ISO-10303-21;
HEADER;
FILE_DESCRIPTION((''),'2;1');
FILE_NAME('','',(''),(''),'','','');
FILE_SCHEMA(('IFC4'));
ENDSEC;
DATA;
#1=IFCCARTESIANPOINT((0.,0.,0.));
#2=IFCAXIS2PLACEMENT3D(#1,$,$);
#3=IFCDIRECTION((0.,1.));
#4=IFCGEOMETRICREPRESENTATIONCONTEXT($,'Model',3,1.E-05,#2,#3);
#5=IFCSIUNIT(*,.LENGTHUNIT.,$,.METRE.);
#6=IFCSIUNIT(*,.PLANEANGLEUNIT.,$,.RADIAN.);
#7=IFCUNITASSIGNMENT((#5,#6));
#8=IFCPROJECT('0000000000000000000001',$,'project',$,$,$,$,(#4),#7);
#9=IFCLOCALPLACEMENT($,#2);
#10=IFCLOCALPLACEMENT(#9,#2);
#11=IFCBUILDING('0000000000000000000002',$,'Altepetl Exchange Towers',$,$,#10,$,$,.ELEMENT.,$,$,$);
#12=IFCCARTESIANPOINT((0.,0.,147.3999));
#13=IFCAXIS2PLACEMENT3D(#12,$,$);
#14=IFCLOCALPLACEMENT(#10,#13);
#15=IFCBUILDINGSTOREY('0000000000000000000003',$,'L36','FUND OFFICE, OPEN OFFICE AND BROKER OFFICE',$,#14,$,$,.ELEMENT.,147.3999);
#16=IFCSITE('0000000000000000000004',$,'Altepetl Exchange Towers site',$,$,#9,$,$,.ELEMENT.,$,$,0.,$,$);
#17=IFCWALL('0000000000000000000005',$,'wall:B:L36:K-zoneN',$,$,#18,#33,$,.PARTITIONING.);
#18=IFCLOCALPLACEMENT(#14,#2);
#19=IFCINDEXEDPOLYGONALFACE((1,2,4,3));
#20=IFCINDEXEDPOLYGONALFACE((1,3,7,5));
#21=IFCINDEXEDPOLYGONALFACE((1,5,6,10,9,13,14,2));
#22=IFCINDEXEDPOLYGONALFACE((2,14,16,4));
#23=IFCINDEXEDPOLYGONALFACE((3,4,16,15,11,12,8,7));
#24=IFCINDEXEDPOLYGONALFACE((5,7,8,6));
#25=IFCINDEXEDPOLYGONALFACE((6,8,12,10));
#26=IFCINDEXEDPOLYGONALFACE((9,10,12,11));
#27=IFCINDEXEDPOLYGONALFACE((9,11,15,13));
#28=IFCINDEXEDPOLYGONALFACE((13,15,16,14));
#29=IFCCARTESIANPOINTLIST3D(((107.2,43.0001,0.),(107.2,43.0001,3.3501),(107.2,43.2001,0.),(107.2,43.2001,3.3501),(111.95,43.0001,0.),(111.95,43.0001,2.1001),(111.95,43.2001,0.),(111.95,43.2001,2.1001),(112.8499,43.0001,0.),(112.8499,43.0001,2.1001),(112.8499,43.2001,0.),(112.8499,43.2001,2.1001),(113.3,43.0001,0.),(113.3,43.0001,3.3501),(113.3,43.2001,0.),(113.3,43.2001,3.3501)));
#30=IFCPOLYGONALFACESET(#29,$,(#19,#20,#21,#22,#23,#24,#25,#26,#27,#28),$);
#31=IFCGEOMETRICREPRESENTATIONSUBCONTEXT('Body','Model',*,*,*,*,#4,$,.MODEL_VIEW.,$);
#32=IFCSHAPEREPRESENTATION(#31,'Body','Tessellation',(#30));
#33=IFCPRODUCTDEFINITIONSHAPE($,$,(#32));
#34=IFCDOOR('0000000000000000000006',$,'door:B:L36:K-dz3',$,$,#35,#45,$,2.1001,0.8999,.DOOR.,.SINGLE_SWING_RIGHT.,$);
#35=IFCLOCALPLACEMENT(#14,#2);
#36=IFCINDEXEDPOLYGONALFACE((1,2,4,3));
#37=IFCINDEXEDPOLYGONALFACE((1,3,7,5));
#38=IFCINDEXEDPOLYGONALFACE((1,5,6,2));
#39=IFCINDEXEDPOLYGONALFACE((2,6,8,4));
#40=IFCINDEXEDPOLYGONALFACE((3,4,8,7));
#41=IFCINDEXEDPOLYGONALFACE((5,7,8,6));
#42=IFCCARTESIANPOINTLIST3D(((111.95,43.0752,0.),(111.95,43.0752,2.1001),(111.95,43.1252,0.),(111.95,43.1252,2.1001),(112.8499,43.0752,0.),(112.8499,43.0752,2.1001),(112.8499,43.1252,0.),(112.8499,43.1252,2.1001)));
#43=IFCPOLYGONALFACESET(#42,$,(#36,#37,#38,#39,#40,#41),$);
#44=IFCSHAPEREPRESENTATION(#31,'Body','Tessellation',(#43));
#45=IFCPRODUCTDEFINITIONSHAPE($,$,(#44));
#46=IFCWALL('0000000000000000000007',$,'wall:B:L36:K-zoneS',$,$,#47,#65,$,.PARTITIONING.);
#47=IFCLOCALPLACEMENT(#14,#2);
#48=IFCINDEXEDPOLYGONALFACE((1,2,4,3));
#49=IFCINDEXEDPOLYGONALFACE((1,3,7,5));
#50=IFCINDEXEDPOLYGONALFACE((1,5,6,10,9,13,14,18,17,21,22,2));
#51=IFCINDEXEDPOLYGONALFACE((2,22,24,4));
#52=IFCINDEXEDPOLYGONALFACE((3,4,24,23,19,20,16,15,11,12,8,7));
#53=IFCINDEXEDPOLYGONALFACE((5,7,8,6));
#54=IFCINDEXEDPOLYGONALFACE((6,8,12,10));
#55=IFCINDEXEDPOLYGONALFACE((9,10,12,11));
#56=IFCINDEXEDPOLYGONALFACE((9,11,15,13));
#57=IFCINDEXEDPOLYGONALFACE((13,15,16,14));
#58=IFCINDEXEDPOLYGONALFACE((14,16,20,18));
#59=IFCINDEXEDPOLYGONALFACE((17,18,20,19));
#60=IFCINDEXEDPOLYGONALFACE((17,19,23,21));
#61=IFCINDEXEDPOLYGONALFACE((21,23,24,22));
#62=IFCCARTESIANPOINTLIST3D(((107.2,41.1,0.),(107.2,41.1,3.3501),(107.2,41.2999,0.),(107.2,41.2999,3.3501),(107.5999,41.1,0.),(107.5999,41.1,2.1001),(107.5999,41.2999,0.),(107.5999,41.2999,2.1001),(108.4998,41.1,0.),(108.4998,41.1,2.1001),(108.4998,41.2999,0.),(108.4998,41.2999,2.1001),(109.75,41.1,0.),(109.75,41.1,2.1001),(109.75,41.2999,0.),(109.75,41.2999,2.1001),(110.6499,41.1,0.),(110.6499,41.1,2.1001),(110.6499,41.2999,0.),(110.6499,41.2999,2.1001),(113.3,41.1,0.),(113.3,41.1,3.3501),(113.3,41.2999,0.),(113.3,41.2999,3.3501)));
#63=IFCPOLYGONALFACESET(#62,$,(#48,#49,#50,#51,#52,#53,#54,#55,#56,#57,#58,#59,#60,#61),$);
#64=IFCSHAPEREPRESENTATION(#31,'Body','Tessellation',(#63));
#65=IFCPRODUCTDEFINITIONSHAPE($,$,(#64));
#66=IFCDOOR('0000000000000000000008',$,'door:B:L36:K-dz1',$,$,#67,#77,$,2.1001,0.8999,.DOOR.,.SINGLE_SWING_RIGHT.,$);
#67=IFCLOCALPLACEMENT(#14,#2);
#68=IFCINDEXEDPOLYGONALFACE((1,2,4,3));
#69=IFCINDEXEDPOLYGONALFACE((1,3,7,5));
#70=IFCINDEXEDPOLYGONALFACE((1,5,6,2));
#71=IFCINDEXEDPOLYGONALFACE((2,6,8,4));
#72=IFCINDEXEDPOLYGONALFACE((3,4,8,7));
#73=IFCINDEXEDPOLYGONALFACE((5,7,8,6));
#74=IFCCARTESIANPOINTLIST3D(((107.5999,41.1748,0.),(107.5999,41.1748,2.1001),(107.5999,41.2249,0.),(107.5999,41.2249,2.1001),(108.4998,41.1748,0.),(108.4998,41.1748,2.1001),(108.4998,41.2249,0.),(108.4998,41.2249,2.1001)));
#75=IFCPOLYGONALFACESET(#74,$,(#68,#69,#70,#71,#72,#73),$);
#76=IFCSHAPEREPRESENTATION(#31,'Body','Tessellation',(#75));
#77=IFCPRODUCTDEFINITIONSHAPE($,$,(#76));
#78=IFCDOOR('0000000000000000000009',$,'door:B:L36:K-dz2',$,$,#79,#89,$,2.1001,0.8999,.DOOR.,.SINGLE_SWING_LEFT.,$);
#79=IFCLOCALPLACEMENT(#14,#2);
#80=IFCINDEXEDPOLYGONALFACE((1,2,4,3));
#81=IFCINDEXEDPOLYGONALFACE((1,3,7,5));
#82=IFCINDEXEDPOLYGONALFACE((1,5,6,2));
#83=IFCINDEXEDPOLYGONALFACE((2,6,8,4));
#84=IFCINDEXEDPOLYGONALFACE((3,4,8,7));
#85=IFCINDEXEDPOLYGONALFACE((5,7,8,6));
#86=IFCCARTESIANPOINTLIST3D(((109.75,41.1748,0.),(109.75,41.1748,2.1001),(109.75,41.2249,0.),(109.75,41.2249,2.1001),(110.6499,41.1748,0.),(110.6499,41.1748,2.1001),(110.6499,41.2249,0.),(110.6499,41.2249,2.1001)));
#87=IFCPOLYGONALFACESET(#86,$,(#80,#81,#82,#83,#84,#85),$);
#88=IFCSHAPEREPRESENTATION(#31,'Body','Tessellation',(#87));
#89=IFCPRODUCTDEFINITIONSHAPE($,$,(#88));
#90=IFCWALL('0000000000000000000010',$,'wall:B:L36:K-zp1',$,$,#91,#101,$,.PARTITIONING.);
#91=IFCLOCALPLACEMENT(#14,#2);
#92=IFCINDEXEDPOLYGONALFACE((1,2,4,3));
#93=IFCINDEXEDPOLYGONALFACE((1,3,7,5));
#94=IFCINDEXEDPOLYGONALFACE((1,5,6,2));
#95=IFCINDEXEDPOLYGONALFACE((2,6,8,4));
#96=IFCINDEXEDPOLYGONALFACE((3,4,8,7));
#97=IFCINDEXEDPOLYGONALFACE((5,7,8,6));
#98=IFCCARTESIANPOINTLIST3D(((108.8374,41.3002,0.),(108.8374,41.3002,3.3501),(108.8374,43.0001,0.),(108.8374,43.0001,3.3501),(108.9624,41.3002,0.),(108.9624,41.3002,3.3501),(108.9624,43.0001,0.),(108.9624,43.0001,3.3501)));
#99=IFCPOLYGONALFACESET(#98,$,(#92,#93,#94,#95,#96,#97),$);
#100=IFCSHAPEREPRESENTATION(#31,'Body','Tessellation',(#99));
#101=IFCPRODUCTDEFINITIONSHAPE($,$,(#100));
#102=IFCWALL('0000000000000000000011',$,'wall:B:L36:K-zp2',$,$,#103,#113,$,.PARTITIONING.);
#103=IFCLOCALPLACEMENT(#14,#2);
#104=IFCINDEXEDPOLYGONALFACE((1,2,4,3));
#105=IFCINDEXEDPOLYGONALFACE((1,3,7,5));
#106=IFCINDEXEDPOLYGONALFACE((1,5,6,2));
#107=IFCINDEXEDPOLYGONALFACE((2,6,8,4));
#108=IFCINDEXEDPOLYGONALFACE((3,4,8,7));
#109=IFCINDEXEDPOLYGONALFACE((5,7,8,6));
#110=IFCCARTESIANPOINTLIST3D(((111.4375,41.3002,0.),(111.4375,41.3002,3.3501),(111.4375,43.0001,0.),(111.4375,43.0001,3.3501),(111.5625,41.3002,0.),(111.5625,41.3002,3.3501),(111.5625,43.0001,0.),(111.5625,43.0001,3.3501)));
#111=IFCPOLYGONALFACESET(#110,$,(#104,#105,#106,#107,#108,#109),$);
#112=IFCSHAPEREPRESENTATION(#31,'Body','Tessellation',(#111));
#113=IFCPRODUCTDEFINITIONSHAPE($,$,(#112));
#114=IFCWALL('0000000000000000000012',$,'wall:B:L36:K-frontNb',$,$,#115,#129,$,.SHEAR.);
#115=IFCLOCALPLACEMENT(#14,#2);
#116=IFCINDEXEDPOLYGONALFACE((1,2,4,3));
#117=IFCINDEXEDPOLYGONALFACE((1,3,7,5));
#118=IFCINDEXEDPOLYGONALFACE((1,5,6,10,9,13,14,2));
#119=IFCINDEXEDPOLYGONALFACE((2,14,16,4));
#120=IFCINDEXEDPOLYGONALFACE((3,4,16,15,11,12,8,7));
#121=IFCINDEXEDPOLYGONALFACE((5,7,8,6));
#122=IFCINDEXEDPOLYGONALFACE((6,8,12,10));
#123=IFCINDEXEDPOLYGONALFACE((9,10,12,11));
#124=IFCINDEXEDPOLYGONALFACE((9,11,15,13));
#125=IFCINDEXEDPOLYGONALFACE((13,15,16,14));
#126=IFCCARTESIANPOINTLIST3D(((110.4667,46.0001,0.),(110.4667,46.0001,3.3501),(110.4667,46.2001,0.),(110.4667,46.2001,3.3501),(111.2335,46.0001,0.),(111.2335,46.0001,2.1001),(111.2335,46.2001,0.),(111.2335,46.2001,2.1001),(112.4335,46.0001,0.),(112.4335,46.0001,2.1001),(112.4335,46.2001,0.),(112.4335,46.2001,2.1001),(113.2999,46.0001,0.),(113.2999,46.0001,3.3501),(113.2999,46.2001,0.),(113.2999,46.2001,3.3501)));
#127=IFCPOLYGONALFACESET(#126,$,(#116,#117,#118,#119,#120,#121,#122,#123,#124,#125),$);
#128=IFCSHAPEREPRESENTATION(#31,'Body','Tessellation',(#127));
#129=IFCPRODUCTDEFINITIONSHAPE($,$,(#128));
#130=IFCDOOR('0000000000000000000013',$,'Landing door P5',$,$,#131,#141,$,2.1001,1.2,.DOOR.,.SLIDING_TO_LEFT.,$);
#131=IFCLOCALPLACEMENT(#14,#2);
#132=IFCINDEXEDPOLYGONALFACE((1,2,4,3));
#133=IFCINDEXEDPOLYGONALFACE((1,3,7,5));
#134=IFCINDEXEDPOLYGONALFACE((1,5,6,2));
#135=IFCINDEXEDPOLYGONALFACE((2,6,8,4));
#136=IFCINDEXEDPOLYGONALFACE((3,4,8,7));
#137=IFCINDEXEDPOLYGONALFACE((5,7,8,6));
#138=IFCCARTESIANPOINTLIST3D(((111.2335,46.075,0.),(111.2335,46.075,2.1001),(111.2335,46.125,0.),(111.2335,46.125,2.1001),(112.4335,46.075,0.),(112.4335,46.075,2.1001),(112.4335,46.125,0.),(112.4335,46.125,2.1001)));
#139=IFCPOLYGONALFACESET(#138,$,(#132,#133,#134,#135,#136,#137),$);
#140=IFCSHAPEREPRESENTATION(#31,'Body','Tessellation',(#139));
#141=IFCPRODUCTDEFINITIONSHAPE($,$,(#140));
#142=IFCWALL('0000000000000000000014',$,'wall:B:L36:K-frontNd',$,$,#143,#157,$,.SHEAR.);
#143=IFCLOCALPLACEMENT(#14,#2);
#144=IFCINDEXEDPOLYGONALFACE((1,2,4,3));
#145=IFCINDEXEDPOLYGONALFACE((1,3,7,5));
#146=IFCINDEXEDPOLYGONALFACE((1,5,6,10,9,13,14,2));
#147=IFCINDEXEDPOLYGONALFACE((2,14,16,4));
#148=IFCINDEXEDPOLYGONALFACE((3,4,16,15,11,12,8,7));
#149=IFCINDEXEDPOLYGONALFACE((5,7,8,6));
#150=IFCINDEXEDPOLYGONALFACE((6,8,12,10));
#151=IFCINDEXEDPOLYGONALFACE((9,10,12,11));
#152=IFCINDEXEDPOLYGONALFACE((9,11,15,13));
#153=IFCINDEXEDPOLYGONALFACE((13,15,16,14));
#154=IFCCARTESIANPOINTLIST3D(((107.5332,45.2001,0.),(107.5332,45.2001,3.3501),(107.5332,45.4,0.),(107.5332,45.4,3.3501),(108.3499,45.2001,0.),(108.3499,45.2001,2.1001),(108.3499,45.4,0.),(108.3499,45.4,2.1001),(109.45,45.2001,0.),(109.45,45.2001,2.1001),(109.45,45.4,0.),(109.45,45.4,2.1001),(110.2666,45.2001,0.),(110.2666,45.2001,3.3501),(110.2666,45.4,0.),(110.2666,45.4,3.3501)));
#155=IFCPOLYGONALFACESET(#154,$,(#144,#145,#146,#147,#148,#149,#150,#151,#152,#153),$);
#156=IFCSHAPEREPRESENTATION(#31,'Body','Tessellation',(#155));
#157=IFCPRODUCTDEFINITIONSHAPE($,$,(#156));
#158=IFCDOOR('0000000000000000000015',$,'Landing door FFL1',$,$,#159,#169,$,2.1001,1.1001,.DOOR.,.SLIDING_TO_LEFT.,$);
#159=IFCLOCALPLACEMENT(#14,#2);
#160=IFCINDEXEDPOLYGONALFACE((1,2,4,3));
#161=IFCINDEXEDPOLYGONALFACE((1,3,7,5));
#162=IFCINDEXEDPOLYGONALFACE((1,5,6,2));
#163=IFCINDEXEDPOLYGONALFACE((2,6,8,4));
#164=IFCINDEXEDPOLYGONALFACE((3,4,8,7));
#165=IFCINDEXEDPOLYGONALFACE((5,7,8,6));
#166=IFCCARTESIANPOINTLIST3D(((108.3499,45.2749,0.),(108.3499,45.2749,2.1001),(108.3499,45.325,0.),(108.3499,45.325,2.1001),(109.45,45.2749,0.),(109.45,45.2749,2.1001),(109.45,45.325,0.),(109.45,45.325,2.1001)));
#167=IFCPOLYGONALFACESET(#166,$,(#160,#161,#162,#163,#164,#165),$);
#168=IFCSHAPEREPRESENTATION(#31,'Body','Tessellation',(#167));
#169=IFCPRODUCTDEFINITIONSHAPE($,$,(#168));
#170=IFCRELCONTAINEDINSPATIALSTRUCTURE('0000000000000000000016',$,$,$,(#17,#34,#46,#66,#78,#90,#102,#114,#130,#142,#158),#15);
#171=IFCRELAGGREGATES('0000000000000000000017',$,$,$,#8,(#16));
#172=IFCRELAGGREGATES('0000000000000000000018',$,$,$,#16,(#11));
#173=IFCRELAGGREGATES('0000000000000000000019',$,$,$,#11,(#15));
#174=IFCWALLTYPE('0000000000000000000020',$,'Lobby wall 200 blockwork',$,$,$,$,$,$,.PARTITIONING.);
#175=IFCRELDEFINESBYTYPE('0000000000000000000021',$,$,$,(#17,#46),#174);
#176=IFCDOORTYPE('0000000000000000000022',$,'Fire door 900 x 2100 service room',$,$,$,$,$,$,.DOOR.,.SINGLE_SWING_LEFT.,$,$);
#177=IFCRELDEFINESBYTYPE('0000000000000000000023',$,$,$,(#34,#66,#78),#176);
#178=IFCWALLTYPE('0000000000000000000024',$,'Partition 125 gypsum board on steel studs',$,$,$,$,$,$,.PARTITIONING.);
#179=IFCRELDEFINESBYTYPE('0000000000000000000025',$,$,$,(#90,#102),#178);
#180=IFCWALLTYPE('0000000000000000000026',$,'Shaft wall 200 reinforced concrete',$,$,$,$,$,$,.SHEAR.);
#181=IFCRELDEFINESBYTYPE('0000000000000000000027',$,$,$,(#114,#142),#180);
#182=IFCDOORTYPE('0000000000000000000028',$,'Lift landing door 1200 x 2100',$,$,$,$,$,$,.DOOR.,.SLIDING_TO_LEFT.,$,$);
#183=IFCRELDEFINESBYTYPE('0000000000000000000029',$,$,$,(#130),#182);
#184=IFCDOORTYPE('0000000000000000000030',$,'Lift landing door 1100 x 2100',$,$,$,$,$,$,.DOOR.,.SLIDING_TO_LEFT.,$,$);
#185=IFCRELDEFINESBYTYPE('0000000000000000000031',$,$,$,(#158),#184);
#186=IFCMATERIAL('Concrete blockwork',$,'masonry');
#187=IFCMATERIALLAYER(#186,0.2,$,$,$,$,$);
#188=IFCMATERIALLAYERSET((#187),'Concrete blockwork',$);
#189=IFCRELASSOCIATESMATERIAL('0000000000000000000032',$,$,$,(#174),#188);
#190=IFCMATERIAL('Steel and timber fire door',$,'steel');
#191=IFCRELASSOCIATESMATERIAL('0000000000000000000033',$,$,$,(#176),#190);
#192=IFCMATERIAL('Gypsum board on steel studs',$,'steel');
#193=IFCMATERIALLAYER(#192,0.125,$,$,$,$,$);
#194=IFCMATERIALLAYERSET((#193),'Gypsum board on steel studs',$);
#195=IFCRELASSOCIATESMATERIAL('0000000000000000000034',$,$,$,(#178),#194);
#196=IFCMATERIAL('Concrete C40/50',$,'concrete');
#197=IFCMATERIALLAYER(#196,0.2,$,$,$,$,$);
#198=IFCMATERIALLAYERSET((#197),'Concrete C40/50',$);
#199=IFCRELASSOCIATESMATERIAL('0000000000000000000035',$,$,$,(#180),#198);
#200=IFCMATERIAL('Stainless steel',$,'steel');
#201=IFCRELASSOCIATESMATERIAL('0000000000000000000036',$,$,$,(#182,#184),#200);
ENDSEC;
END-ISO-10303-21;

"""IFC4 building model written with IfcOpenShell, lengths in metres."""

from ifc_helpers import new_model, si_unit, direction, frame, frame_2d, origin, place, context, subcontext, project, spatial, rectangle, extrude, material, layer, layer_set, type_object, element, fill, save


model = new_model("IFC4")

# Units and contexts
model_context = context("Model", 3, precision=1e-05, world=origin(), true_north=direction((0.0, 1.0)))
body_context = subcontext(model_context, "Body", "Model", "MODEL_VIEW")
ifc_project = project(units=[si_unit("LENGTHUNIT", "METRE"), si_unit("PLANEANGLEUNIT", "RADIAN")], contexts=[model_context])

# Site, building, storey
site_placement = place(None, origin())
site = spatial("IfcSite", under=ifc_project, at=site_placement, Name="Altepetl Exchange Towers site", CompositionType="ELEMENT", RefElevation=0.0)
building_placement = place(site_placement, origin())
building = spatial("IfcBuilding", under=site, at=building_placement, Name="Altepetl Exchange Towers", CompositionType="ELEMENT")
storey_placement = place(building_placement, frame((0.0, 0.0, 147.3999)))
storey = spatial("IfcBuildingStorey", under=building, at=storey_placement, Name="L36", Description="FUND OFFICE, OPEN OFFICE AND BROKER OFFICE", CompositionType="ELEMENT", Elevation=147.3999)

# Wall, opening, door
ifc_material_1 = material(Name="Concrete blockwork", Category="masonry")
ifc_layer_1 = layer(ifc_material_1, 0.2)
ifc_layer_set_1 = layer_set([ifc_layer_1], Name="Concrete blockwork")
wall_type_1 = type_object("IfcWallType", Name="Lobby wall 200 blockwork", PredefinedType="PARTITIONING", material=ifc_layer_set_1)
wall_1_placement = place(storey_placement, frame((107.2, 43.1001, 0.0)))
wall_1 = element("IfcWall", 1, at=wall_1_placement, inside=storey, type_object=wall_type_1, Name="wall:B:L36:K-zoneN", PredefinedType="PARTITIONING", context=body_context, shape_type="SweptSolid", body=[
    extrude(rectangle(XDim=6.1001, YDim=0.2, at=frame_2d((3.05, 0.0))), origin(), (0.0, 0.0, 1.0), 3.3501),
])
opening_1_placement = place(wall_1_placement, frame((4.75, 0.0, 0.0)))
opening_1 = element("IfcOpeningElement", 2, at=opening_1_placement, cuts=wall_1, PredefinedType="OPENING", context=body_context, shape_type="SweptSolid", body=[
    extrude(rectangle(XDim=0.8999, YDim=2.1001, at=frame_2d((0.45, 1.05))), frame((0.0, 0.1099, 0.0), z_axis=(0.0, -1.0, 0.0), x_axis=(1.0, 0.0, 0.0)), (0.0, 0.0, 1.0), 0.22),
])
ifc_material_2 = material(Name="Steel and timber fire door", Category="steel")
door_type_1 = type_object("IfcDoorType", Name="Fire door 900 x 2100 service room", OperationType="SINGLE_SWING_LEFT", PredefinedType="DOOR", material=ifc_material_2)
door_1_placement = place(opening_1_placement, frame((0.8999, 0.0, 0.0), x_axis=(-1.0, 0.0, 0.0)))
door_1 = element("IfcDoor", 3, at=door_1_placement, inside=storey, type_object=door_type_1, Name="door:B:L36:K-dz3", OperationType="SINGLE_SWING_RIGHT", OverallHeight=2.1001, OverallWidth=0.8999, PredefinedType="DOOR", context=body_context, shape_type="SweptSolid", body=[
    extrude(rectangle(XDim=0.8999, YDim=2.1001, at=frame_2d((0.45, 1.05))), frame((0.0, 0.0249, 0.0), z_axis=(0.0, -1.0, 0.0), x_axis=(1.0, 0.0, 0.0)), (0.0, 0.0, 1.0), 0.05),
])
fill(opening_1, door_1)

# Wall, openings, doors
wall_2_placement = place(storey_placement, frame((107.2, 41.2, 0.0)))
wall_2 = element("IfcWall", 4, at=wall_2_placement, inside=storey, type_object=wall_type_1, Name="wall:B:L36:K-zoneS", PredefinedType="PARTITIONING", context=body_context, shape_type="SweptSolid", body=[
    extrude(rectangle(XDim=6.1001, YDim=0.2, at=frame_2d((3.05, 0.0))), origin(), (0.0, 0.0, 1.0), 3.3501),
])
opening_2_placement = place(wall_2_placement, frame((0.3999, 0.0, 0.0)))
opening_2 = element("IfcOpeningElement", 5, at=opening_2_placement, cuts=wall_2, PredefinedType="OPENING", context=body_context, shape_type="SweptSolid", body=[
    extrude(rectangle(XDim=0.8999, YDim=2.1001, at=frame_2d((0.45, 1.05))), frame((0.0, 0.1099, 0.0), z_axis=(0.0, -1.0, 0.0), x_axis=(1.0, 0.0, 0.0)), (0.0, 0.0, 1.0), 0.22),
])
opening_3_placement = place(wall_2_placement, frame((2.55, 0.0, 0.0)))
opening_3 = element("IfcOpeningElement", 6, at=opening_3_placement, cuts=wall_2, PredefinedType="OPENING", context=body_context, shape_type="SweptSolid", body=[
    extrude(rectangle(XDim=0.8999, YDim=2.1001, at=frame_2d((0.45, 1.05))), frame((0.0, 0.1099, 0.0), z_axis=(0.0, -1.0, 0.0), x_axis=(1.0, 0.0, 0.0)), (0.0, 0.0, 1.0), 0.22),
])
door_2_placement = place(opening_2_placement, origin())
door_2 = element("IfcDoor", 7, at=door_2_placement, inside=storey, type_object=door_type_1, Name="door:B:L36:K-dz1", OperationType="SINGLE_SWING_RIGHT", OverallHeight=2.1001, OverallWidth=0.8999, PredefinedType="DOOR", context=body_context, shape_type="SweptSolid", body=[
    extrude(rectangle(XDim=0.8999, YDim=2.1001, at=frame_2d((0.45, 1.05))), frame((0.0, 0.0249, 0.0), z_axis=(0.0, -1.0, 0.0), x_axis=(1.0, 0.0, 0.0)), (0.0, 0.0, 1.0), 0.05),
])
fill(opening_2, door_2)
door_3_placement = place(opening_3_placement, origin())
door_3 = element("IfcDoor", 8, at=door_3_placement, inside=storey, type_object=door_type_1, Name="door:B:L36:K-dz2", OperationType="SINGLE_SWING_LEFT", OverallHeight=2.1001, OverallWidth=0.8999, PredefinedType="DOOR", context=body_context, shape_type="SweptSolid", body=[
    extrude(rectangle(XDim=0.8999, YDim=2.1001, at=frame_2d((0.45, 1.05))), frame((0.0, 0.0249, 0.0), z_axis=(0.0, -1.0, 0.0), x_axis=(1.0, 0.0, 0.0)), (0.0, 0.0, 1.0), 0.05),
])
fill(opening_3, door_3)

# Walls
ifc_material_3 = material(Name="Gypsum board on steel studs", Category="steel")
ifc_layer_2 = layer(ifc_material_3, 0.125)
ifc_layer_set_2 = layer_set([ifc_layer_2], Name="Gypsum board on steel studs")
wall_type_2 = type_object("IfcWallType", Name="Partition 125 gypsum board on steel studs", PredefinedType="PARTITIONING", material=ifc_layer_set_2)
for number, where, z_axis, x_axis, name in (
    (9, (108.8999, 41.3, 0.0), (0.0, 0.0, 1.0), (0.0, 1.0, 0.0), "wall:B:L36:K-zp1"),
    (10, (111.5, 41.3, 0.0), (0.0, 0.0, 1.0), (0.0, 1.0, 0.0), "wall:B:L36:K-zp2"),
):
    element("IfcWall", number, at=place(storey_placement, frame(where, z_axis=z_axis, x_axis=x_axis)), inside=storey, type_object=wall_type_2, Name=name, PredefinedType="PARTITIONING", context=body_context, shape_type="SweptSolid", body=[
        extrude(rectangle(XDim=1.7, YDim=0.125, at=frame_2d((0.8501, 0.0))), origin(), (0.0, 0.0, 1.0), 3.3501),
    ])

# Walls, openings, doors
ifc_material_4 = material(Name="Concrete C40/50", Category="concrete")
ifc_layer_3 = layer(ifc_material_4, 0.2)
ifc_layer_set_3 = layer_set([ifc_layer_3], Name="Concrete C40/50")
wall_type_3 = type_object("IfcWallType", Name="Shaft wall 200 reinforced concrete", PredefinedType="SHEAR", material=ifc_layer_set_3)
wall_3_placement = place(storey_placement, frame((110.4668, 46.1001, 0.0)))
wall_3 = element("IfcWall", 11, at=wall_3_placement, inside=storey, type_object=wall_type_3, Name="wall:B:L36:K-frontNb", PredefinedType="SHEAR", context=body_context, shape_type="SweptSolid", body=[
    extrude(rectangle(XDim=2.8333, YDim=0.2, at=frame_2d((1.4165, 0.0))), origin(), (0.0, 0.0, 1.0), 3.3501),
])
opening_4_placement = place(wall_3_placement, frame((0.7666, 0.0, 0.0)))
opening_4 = element("IfcOpeningElement", 12, at=opening_4_placement, cuts=wall_3, PredefinedType="OPENING", context=body_context, shape_type="SweptSolid", body=[
    extrude(rectangle(XDim=1.2, YDim=2.1001, at=frame_2d((0.6001, 1.05))), frame((0.0, 0.1099, 0.0), z_axis=(0.0, -1.0, 0.0), x_axis=(1.0, 0.0, 0.0)), (0.0, 0.0, 1.0), 0.22),
])
ifc_material_5 = material(Name="Stainless steel", Category="steel")
door_type_2 = type_object("IfcDoorType", Name="Lift landing door 1200 x 2100", OperationType="SLIDING_TO_LEFT", PredefinedType="DOOR", material=ifc_material_5)
door_4_placement = place(opening_4_placement, origin())
door_4 = element("IfcDoor", 13, at=door_4_placement, inside=storey, type_object=door_type_2, Name="Landing door P5", OperationType="SLIDING_TO_LEFT", OverallHeight=2.1001, OverallWidth=1.2, PredefinedType="DOOR", context=body_context, shape_type="SweptSolid", body=[
    extrude(rectangle(XDim=1.2, YDim=2.1001, at=frame_2d((0.6001, 1.05))), frame((0.0, 0.0249, 0.0), z_axis=(0.0, -1.0, 0.0), x_axis=(1.0, 0.0, 0.0)), (0.0, 0.0, 1.0), 0.05),
])
fill(opening_4, door_4)
wall_4_placement = place(storey_placement, frame((107.5332, 45.3, 0.0)))
wall_4 = element("IfcWall", 14, at=wall_4_placement, inside=storey, type_object=wall_type_3, Name="wall:B:L36:K-frontNd", PredefinedType="SHEAR", context=body_context, shape_type="SweptSolid", body=[
    extrude(rectangle(XDim=2.7334, YDim=0.2, at=frame_2d((1.3667, 0.0))), origin(), (0.0, 0.0, 1.0), 3.3501),
])
opening_5_placement = place(wall_4_placement, frame((0.8167, 0.0, 0.0)))
opening_5 = element("IfcOpeningElement", 15, at=opening_5_placement, cuts=wall_4, PredefinedType="OPENING", context=body_context, shape_type="SweptSolid", body=[
    extrude(rectangle(XDim=1.1001, YDim=2.1001, at=frame_2d((0.55, 1.05))), frame((0.0, 0.1099, 0.0), z_axis=(0.0, -1.0, 0.0), x_axis=(1.0, 0.0, 0.0)), (0.0, 0.0, 1.0), 0.22),
])
door_type_3 = type_object("IfcDoorType", Name="Lift landing door 1100 x 2100", OperationType="SLIDING_TO_LEFT", PredefinedType="DOOR", material=ifc_material_5)
door_5_placement = place(opening_5_placement, origin())
door_5 = element("IfcDoor", 16, at=door_5_placement, inside=storey, type_object=door_type_3, Name="Landing door FFL1", OperationType="SLIDING_TO_LEFT", OverallHeight=2.1001, OverallWidth=1.1001, PredefinedType="DOOR", context=body_context, shape_type="SweptSolid", body=[
    extrude(rectangle(XDim=1.1001, YDim=2.1001, at=frame_2d((0.55, 1.05))), frame((0.0, 0.0249, 0.0), z_axis=(0.0, -1.0, 0.0), x_axis=(1.0, 0.0, 0.0)), (0.0, 0.0, 1.0), 0.05),
])
fill(opening_5, door_5)

save(model, "model.ifc")
